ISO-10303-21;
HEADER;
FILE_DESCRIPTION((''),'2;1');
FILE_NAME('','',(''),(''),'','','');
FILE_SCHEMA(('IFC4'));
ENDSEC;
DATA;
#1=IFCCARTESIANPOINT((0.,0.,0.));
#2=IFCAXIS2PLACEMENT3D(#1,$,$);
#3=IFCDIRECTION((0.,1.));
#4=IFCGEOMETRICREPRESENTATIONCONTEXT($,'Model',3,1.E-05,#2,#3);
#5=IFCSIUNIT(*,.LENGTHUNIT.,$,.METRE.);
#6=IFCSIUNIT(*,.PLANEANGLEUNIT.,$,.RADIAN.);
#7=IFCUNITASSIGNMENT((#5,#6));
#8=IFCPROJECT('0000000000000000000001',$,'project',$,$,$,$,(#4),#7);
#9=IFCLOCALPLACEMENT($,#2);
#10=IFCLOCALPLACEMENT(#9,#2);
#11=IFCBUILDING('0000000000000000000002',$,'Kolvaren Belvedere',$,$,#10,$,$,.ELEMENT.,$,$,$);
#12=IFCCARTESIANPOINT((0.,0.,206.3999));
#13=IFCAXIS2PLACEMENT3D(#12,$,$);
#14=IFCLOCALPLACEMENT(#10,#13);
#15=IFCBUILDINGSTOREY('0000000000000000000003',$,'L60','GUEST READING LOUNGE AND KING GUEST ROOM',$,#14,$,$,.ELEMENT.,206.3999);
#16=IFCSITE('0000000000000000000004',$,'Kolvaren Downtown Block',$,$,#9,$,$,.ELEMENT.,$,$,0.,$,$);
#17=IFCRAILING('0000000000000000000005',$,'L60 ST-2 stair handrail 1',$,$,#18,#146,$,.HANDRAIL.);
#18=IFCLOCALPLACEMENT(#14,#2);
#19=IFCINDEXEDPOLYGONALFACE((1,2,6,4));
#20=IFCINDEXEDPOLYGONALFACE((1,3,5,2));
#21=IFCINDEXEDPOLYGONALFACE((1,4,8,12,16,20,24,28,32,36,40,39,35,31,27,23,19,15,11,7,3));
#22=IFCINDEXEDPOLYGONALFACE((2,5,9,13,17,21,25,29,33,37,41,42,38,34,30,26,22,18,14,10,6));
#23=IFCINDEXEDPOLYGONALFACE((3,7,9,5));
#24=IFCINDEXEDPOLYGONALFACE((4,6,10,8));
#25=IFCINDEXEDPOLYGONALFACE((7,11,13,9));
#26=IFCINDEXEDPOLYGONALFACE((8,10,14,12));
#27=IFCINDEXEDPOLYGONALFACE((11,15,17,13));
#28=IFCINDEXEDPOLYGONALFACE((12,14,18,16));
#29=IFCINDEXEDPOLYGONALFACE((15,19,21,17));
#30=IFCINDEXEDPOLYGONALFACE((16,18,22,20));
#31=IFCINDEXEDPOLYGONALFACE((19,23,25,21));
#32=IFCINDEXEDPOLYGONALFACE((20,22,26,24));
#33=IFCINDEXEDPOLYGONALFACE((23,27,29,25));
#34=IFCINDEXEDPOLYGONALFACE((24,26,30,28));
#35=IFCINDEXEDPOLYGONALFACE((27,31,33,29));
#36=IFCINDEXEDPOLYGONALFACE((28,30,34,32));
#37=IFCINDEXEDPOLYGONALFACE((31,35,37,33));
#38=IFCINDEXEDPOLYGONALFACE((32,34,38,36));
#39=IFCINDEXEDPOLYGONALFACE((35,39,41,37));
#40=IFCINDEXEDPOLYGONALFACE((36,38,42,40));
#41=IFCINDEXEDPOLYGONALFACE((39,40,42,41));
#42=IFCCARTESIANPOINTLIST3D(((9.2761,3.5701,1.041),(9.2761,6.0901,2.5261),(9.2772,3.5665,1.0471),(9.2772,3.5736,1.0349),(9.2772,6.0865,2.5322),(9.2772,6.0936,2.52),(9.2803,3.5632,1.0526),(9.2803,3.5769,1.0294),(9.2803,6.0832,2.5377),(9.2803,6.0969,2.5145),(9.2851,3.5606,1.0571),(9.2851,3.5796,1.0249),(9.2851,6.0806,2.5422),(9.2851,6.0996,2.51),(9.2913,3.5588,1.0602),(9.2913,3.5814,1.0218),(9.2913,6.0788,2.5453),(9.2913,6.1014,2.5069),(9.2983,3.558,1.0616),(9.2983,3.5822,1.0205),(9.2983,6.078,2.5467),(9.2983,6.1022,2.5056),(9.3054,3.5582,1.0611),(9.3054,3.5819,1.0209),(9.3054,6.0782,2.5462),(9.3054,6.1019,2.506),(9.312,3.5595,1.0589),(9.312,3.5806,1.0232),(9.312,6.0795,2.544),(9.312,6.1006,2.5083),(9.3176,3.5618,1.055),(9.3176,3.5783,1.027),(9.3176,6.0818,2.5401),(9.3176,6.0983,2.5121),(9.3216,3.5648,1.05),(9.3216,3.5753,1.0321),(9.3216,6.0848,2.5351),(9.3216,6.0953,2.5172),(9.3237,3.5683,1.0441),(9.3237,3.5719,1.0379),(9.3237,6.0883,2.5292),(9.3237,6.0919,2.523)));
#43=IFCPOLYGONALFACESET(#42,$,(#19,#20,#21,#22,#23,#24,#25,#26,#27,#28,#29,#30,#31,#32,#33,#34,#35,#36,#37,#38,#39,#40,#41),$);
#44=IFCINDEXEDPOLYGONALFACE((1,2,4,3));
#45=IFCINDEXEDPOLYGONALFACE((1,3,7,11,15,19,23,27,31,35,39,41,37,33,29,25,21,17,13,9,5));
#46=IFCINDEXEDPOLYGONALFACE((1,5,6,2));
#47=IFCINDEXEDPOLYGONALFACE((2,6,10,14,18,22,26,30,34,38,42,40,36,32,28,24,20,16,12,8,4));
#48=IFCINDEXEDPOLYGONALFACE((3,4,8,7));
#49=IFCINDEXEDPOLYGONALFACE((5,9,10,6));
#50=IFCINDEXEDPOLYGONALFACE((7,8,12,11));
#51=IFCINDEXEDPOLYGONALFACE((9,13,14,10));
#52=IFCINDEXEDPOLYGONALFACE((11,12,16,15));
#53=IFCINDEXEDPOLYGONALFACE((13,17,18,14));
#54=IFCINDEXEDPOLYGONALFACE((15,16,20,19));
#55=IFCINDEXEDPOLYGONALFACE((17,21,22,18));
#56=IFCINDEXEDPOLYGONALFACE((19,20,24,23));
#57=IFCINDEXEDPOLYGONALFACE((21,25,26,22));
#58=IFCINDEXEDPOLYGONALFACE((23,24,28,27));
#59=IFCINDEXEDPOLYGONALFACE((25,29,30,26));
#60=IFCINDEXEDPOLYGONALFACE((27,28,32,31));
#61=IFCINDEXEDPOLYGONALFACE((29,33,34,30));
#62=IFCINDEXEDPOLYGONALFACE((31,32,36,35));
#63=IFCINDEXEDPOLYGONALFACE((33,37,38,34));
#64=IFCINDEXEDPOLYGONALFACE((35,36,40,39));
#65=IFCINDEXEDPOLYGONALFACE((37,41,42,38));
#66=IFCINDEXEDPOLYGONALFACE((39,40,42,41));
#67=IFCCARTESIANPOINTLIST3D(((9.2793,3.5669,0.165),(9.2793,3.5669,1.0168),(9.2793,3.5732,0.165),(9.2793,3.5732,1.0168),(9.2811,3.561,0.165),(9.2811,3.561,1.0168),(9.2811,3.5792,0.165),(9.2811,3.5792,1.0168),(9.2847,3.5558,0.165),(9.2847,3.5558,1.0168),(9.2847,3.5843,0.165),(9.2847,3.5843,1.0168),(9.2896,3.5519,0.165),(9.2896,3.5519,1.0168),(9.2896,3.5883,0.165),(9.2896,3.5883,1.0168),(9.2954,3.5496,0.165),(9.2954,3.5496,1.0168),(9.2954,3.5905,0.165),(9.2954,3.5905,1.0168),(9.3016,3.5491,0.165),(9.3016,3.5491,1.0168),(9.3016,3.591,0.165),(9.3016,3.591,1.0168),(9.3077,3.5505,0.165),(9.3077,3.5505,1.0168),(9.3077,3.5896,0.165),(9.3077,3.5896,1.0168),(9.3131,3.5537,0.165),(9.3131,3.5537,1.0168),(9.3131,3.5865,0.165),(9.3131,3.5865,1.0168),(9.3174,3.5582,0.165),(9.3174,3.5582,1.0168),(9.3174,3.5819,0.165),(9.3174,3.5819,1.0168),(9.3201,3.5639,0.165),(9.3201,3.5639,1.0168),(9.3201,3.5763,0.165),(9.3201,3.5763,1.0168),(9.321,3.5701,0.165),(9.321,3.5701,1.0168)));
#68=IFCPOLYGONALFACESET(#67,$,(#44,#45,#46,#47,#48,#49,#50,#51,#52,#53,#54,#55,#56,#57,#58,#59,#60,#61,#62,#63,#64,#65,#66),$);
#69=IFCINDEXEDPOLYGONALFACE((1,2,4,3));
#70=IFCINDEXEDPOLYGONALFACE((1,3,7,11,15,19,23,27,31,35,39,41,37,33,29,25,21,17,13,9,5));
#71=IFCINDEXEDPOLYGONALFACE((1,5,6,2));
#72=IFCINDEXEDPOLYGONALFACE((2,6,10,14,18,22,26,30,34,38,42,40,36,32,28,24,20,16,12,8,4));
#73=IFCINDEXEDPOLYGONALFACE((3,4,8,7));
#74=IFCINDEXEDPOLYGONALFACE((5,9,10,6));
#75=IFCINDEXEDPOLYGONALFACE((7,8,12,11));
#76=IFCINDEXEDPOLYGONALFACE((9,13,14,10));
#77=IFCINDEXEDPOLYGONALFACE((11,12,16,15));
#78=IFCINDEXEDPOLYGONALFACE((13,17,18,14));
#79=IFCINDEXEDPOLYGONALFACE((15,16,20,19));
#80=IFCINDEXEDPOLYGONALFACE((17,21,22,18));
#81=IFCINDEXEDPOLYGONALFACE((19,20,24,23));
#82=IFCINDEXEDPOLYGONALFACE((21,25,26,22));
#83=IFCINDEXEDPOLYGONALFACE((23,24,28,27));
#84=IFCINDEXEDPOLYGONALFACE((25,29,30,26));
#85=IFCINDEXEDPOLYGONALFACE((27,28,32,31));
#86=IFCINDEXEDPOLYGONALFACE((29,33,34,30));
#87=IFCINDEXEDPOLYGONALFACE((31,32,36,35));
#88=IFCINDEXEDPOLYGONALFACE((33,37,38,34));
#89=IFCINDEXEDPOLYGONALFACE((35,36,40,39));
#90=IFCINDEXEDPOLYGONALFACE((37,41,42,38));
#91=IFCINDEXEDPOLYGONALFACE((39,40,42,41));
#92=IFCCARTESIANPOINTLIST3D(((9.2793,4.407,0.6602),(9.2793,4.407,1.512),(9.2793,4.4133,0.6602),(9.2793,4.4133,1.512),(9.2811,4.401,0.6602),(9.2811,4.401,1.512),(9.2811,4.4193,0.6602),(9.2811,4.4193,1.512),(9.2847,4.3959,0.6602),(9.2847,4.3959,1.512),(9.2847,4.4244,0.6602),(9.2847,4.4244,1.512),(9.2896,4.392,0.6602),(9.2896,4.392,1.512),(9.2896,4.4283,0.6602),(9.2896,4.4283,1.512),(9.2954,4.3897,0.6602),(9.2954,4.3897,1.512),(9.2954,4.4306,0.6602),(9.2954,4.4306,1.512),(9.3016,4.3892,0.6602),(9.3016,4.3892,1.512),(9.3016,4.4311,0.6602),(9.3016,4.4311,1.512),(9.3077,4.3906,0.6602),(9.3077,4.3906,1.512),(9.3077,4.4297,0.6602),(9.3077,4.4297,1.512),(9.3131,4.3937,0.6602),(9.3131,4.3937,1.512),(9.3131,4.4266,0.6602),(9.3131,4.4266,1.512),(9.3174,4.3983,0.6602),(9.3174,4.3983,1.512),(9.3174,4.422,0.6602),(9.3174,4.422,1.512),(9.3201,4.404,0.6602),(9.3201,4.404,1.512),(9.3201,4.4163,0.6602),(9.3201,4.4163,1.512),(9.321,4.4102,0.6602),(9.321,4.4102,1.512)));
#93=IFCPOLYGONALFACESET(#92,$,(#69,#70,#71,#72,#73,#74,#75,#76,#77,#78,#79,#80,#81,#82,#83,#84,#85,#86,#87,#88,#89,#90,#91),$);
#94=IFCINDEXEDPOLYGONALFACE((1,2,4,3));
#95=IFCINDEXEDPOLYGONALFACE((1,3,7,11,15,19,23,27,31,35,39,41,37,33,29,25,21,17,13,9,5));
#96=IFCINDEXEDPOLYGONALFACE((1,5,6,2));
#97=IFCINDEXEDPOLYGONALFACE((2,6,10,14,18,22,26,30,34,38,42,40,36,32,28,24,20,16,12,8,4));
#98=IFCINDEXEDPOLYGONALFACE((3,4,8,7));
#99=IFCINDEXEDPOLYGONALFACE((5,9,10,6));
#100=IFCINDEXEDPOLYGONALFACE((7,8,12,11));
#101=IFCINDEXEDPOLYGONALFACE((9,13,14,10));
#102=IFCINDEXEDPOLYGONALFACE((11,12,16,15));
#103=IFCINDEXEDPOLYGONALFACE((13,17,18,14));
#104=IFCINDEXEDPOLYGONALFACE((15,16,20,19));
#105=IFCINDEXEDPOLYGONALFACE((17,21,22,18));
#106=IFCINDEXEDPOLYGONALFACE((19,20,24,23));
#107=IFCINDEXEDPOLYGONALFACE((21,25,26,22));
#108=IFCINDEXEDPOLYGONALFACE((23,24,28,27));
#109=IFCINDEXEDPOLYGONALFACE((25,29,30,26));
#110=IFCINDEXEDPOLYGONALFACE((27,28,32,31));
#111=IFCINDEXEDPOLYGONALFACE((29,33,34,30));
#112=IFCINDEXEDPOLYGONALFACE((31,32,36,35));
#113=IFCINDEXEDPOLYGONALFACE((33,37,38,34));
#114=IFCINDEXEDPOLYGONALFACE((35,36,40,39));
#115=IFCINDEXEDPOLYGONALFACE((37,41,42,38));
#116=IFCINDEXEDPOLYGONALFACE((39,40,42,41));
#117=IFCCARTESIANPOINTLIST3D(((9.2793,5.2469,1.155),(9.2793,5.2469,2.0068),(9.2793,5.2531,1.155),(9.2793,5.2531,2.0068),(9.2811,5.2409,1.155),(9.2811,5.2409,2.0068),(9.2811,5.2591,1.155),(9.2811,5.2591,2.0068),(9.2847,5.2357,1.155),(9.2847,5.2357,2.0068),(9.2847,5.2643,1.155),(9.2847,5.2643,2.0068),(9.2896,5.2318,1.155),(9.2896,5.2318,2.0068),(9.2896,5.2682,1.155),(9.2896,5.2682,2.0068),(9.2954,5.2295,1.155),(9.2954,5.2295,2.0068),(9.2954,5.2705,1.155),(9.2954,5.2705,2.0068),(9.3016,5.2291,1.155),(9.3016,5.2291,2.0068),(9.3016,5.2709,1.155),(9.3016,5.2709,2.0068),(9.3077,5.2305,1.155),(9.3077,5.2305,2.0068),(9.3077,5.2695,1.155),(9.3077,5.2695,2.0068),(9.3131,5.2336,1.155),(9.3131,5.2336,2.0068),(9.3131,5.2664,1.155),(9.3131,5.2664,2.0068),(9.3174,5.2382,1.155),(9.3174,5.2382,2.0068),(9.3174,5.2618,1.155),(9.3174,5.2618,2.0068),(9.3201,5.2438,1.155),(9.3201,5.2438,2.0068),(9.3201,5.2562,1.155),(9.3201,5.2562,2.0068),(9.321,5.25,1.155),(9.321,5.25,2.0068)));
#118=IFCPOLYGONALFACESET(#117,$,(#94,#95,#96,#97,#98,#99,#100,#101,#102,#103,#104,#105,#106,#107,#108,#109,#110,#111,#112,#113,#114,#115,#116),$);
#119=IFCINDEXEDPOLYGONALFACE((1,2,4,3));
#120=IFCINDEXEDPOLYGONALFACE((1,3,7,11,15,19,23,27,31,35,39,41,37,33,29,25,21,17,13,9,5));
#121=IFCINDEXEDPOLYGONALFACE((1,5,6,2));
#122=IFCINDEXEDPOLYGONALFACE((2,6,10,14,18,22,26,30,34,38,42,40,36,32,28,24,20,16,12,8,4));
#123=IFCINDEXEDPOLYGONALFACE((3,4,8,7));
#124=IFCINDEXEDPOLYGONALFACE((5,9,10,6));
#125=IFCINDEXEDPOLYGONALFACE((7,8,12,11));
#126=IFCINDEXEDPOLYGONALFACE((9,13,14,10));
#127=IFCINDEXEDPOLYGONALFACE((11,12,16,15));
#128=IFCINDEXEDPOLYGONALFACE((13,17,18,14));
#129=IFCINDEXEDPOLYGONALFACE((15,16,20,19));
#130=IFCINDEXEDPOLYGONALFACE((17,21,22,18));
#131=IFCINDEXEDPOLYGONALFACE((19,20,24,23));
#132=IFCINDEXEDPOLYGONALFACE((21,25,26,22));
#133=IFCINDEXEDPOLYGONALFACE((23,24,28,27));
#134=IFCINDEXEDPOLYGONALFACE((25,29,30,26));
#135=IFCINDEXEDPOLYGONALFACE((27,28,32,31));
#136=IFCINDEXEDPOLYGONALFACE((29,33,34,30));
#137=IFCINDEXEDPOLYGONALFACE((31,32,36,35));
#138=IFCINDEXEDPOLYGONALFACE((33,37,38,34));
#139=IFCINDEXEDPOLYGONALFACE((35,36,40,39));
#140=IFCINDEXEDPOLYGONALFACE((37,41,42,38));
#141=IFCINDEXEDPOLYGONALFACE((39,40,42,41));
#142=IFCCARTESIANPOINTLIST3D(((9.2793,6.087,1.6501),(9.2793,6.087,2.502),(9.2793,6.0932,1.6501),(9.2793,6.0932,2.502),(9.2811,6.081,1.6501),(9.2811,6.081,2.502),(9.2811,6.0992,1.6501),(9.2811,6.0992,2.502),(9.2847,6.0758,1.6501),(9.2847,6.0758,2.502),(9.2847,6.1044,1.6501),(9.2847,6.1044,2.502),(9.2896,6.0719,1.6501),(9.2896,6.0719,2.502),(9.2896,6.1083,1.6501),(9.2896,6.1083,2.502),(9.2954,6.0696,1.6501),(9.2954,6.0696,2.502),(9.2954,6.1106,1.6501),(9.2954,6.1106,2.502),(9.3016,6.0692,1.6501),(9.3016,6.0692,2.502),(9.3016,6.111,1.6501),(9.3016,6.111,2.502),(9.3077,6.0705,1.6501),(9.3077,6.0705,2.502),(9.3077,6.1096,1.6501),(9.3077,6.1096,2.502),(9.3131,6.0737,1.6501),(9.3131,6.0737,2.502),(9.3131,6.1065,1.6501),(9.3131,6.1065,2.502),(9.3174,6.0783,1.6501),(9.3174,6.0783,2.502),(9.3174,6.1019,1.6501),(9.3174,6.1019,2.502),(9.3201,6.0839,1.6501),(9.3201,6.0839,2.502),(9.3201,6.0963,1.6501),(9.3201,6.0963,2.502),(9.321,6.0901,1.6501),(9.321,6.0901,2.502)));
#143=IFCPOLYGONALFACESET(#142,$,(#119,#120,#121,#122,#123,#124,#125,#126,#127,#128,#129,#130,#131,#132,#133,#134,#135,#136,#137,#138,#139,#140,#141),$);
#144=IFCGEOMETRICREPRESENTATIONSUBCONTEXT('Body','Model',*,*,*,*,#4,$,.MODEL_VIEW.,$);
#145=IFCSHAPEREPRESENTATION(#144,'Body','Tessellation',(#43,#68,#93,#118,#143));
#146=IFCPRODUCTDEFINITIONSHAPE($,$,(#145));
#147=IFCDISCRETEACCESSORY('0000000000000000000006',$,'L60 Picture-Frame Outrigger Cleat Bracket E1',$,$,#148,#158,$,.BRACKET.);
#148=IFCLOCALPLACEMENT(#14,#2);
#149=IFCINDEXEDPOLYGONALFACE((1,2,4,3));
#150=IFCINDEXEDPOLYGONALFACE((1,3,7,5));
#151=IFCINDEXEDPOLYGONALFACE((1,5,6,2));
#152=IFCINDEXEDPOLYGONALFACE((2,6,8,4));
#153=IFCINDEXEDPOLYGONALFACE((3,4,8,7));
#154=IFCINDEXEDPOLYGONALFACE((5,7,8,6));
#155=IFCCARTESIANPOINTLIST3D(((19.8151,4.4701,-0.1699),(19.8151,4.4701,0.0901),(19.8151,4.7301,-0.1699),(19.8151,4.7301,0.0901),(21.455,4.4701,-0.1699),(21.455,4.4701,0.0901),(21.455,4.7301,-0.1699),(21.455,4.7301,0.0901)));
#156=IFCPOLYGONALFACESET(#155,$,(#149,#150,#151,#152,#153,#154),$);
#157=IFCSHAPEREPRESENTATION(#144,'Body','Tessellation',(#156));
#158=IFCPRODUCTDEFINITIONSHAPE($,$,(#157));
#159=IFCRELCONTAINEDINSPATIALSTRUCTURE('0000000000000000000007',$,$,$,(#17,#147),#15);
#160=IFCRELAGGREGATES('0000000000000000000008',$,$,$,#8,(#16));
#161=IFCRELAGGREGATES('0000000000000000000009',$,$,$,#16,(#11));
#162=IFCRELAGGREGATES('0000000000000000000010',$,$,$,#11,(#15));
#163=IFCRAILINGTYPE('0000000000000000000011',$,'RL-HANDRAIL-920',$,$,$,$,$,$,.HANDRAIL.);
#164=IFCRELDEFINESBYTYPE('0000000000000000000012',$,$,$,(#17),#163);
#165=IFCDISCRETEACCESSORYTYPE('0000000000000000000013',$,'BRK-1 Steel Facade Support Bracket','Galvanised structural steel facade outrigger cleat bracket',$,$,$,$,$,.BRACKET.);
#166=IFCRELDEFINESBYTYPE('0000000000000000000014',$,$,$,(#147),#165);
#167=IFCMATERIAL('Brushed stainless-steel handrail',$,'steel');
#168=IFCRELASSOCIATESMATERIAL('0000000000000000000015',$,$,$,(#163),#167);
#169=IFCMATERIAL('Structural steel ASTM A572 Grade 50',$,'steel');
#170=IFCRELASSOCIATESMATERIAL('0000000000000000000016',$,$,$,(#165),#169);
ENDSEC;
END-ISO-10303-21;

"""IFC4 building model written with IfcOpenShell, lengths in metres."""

from ifc_helpers import new_model, si_unit, direction, frame, origin, origin_2d, place, context, subcontext, project, spatial, rectangle, circle, extrude, material, type_object, element, save


model = new_model("IFC4")

# Units and contexts
model_context = context("Model", 3, precision=1e-05, world=origin(), true_north=direction((0.0, 1.0)))
body_context = subcontext(model_context, "Body", "Model", "MODEL_VIEW")
ifc_project = project(units=[si_unit("LENGTHUNIT", "METRE"), si_unit("PLANEANGLEUNIT", "RADIAN")], contexts=[model_context])

# Site, building, storey
site_placement = place(None, origin())
site = spatial("IfcSite", under=ifc_project, at=site_placement, Name="Kolvaren Downtown Block", CompositionType="ELEMENT", RefElevation=0.0)
building_placement = place(site_placement, origin())
building = spatial("IfcBuilding", under=site, at=building_placement, Name="Kolvaren Belvedere", CompositionType="ELEMENT")
storey_placement = place(building_placement, frame((0.0, 0.0, 206.3999)))
storey = spatial("IfcBuildingStorey", under=building, at=storey_placement, Name="L60", Description="GUEST READING LOUNGE AND KING GUEST ROOM", CompositionType="ELEMENT", Elevation=206.3999)

# Railing
ifc_material_1 = material(Name="Brushed stainless-steel handrail", Category="steel")
railing_type_1 = type_object("IfcRailingType", Name="RL-HANDRAIL-920", PredefinedType="HANDRAIL", material=ifc_material_1)
railing_1_placement = place(storey_placement, frame((9.3, 3.5701, 0.165)))
element("IfcRailing", 1, at=railing_1_placement, inside=storey, type_object=railing_type_1, Name="L60 ST-2 stair handrail 1", PredefinedType="HANDRAIL", context=body_context, shape_type="SweptSolid", body=[
    extrude(circle(Radius=0.0239, at=origin_2d()), frame((0.0, 0.0, 0.876), z_axis=(0.0, 0.861524, 0.507717), x_axis=(-1.0, 0.0, 0.0)), (0.0, 0.0, 1.0), 2.925),
    extrude(circle(Radius=0.021, at=origin_2d()), origin(), (0.0, 0.0, 1.0), 0.8518),
    extrude(circle(Radius=0.021, at=origin_2d()), frame((0.0, 0.8401, 0.4951)), (0.0, 0.0, 1.0), 0.8518),
    extrude(circle(Radius=0.021, at=origin_2d()), frame((0.0, 1.6799, 0.99)), (0.0, 0.0, 1.0), 0.8518),
    extrude(circle(Radius=0.021, at=origin_2d()), frame((0.0, 2.52, 1.4851)), (0.0, 0.0, 1.0), 0.8518),
])

# Discrete accessory
ifc_material_2 = material(Name="Structural steel ASTM A572 Grade 50", Category="steel")
discrete_accessory_type = type_object("IfcDiscreteAccessoryType", Name="BRK-1 Steel Facade Support Bracket", Description="Galvanised structural steel facade outrigger cleat bracket", PredefinedType="BRACKET", material=ifc_material_2)
discrete_accessory_placement = place(storey_placement, frame((20.635, 4.6001, -0.1699), z_axis=(0.0, 0.0, 1.0), x_axis=(1.0, 0.0, 0.0)))
element("IfcDiscreteAccessory", 2, at=discrete_accessory_placement, inside=storey, type_object=discrete_accessory_type, Name="L60 Picture-Frame Outrigger Cleat Bracket E1", PredefinedType="BRACKET", context=body_context, shape_type="SweptSolid", body=[
    extrude(rectangle(XDim=1.6399, YDim=0.26, at=origin_2d()), origin(), (0.0, 0.0, 1.0), 0.26),
])

save(model, "model.ifc")
